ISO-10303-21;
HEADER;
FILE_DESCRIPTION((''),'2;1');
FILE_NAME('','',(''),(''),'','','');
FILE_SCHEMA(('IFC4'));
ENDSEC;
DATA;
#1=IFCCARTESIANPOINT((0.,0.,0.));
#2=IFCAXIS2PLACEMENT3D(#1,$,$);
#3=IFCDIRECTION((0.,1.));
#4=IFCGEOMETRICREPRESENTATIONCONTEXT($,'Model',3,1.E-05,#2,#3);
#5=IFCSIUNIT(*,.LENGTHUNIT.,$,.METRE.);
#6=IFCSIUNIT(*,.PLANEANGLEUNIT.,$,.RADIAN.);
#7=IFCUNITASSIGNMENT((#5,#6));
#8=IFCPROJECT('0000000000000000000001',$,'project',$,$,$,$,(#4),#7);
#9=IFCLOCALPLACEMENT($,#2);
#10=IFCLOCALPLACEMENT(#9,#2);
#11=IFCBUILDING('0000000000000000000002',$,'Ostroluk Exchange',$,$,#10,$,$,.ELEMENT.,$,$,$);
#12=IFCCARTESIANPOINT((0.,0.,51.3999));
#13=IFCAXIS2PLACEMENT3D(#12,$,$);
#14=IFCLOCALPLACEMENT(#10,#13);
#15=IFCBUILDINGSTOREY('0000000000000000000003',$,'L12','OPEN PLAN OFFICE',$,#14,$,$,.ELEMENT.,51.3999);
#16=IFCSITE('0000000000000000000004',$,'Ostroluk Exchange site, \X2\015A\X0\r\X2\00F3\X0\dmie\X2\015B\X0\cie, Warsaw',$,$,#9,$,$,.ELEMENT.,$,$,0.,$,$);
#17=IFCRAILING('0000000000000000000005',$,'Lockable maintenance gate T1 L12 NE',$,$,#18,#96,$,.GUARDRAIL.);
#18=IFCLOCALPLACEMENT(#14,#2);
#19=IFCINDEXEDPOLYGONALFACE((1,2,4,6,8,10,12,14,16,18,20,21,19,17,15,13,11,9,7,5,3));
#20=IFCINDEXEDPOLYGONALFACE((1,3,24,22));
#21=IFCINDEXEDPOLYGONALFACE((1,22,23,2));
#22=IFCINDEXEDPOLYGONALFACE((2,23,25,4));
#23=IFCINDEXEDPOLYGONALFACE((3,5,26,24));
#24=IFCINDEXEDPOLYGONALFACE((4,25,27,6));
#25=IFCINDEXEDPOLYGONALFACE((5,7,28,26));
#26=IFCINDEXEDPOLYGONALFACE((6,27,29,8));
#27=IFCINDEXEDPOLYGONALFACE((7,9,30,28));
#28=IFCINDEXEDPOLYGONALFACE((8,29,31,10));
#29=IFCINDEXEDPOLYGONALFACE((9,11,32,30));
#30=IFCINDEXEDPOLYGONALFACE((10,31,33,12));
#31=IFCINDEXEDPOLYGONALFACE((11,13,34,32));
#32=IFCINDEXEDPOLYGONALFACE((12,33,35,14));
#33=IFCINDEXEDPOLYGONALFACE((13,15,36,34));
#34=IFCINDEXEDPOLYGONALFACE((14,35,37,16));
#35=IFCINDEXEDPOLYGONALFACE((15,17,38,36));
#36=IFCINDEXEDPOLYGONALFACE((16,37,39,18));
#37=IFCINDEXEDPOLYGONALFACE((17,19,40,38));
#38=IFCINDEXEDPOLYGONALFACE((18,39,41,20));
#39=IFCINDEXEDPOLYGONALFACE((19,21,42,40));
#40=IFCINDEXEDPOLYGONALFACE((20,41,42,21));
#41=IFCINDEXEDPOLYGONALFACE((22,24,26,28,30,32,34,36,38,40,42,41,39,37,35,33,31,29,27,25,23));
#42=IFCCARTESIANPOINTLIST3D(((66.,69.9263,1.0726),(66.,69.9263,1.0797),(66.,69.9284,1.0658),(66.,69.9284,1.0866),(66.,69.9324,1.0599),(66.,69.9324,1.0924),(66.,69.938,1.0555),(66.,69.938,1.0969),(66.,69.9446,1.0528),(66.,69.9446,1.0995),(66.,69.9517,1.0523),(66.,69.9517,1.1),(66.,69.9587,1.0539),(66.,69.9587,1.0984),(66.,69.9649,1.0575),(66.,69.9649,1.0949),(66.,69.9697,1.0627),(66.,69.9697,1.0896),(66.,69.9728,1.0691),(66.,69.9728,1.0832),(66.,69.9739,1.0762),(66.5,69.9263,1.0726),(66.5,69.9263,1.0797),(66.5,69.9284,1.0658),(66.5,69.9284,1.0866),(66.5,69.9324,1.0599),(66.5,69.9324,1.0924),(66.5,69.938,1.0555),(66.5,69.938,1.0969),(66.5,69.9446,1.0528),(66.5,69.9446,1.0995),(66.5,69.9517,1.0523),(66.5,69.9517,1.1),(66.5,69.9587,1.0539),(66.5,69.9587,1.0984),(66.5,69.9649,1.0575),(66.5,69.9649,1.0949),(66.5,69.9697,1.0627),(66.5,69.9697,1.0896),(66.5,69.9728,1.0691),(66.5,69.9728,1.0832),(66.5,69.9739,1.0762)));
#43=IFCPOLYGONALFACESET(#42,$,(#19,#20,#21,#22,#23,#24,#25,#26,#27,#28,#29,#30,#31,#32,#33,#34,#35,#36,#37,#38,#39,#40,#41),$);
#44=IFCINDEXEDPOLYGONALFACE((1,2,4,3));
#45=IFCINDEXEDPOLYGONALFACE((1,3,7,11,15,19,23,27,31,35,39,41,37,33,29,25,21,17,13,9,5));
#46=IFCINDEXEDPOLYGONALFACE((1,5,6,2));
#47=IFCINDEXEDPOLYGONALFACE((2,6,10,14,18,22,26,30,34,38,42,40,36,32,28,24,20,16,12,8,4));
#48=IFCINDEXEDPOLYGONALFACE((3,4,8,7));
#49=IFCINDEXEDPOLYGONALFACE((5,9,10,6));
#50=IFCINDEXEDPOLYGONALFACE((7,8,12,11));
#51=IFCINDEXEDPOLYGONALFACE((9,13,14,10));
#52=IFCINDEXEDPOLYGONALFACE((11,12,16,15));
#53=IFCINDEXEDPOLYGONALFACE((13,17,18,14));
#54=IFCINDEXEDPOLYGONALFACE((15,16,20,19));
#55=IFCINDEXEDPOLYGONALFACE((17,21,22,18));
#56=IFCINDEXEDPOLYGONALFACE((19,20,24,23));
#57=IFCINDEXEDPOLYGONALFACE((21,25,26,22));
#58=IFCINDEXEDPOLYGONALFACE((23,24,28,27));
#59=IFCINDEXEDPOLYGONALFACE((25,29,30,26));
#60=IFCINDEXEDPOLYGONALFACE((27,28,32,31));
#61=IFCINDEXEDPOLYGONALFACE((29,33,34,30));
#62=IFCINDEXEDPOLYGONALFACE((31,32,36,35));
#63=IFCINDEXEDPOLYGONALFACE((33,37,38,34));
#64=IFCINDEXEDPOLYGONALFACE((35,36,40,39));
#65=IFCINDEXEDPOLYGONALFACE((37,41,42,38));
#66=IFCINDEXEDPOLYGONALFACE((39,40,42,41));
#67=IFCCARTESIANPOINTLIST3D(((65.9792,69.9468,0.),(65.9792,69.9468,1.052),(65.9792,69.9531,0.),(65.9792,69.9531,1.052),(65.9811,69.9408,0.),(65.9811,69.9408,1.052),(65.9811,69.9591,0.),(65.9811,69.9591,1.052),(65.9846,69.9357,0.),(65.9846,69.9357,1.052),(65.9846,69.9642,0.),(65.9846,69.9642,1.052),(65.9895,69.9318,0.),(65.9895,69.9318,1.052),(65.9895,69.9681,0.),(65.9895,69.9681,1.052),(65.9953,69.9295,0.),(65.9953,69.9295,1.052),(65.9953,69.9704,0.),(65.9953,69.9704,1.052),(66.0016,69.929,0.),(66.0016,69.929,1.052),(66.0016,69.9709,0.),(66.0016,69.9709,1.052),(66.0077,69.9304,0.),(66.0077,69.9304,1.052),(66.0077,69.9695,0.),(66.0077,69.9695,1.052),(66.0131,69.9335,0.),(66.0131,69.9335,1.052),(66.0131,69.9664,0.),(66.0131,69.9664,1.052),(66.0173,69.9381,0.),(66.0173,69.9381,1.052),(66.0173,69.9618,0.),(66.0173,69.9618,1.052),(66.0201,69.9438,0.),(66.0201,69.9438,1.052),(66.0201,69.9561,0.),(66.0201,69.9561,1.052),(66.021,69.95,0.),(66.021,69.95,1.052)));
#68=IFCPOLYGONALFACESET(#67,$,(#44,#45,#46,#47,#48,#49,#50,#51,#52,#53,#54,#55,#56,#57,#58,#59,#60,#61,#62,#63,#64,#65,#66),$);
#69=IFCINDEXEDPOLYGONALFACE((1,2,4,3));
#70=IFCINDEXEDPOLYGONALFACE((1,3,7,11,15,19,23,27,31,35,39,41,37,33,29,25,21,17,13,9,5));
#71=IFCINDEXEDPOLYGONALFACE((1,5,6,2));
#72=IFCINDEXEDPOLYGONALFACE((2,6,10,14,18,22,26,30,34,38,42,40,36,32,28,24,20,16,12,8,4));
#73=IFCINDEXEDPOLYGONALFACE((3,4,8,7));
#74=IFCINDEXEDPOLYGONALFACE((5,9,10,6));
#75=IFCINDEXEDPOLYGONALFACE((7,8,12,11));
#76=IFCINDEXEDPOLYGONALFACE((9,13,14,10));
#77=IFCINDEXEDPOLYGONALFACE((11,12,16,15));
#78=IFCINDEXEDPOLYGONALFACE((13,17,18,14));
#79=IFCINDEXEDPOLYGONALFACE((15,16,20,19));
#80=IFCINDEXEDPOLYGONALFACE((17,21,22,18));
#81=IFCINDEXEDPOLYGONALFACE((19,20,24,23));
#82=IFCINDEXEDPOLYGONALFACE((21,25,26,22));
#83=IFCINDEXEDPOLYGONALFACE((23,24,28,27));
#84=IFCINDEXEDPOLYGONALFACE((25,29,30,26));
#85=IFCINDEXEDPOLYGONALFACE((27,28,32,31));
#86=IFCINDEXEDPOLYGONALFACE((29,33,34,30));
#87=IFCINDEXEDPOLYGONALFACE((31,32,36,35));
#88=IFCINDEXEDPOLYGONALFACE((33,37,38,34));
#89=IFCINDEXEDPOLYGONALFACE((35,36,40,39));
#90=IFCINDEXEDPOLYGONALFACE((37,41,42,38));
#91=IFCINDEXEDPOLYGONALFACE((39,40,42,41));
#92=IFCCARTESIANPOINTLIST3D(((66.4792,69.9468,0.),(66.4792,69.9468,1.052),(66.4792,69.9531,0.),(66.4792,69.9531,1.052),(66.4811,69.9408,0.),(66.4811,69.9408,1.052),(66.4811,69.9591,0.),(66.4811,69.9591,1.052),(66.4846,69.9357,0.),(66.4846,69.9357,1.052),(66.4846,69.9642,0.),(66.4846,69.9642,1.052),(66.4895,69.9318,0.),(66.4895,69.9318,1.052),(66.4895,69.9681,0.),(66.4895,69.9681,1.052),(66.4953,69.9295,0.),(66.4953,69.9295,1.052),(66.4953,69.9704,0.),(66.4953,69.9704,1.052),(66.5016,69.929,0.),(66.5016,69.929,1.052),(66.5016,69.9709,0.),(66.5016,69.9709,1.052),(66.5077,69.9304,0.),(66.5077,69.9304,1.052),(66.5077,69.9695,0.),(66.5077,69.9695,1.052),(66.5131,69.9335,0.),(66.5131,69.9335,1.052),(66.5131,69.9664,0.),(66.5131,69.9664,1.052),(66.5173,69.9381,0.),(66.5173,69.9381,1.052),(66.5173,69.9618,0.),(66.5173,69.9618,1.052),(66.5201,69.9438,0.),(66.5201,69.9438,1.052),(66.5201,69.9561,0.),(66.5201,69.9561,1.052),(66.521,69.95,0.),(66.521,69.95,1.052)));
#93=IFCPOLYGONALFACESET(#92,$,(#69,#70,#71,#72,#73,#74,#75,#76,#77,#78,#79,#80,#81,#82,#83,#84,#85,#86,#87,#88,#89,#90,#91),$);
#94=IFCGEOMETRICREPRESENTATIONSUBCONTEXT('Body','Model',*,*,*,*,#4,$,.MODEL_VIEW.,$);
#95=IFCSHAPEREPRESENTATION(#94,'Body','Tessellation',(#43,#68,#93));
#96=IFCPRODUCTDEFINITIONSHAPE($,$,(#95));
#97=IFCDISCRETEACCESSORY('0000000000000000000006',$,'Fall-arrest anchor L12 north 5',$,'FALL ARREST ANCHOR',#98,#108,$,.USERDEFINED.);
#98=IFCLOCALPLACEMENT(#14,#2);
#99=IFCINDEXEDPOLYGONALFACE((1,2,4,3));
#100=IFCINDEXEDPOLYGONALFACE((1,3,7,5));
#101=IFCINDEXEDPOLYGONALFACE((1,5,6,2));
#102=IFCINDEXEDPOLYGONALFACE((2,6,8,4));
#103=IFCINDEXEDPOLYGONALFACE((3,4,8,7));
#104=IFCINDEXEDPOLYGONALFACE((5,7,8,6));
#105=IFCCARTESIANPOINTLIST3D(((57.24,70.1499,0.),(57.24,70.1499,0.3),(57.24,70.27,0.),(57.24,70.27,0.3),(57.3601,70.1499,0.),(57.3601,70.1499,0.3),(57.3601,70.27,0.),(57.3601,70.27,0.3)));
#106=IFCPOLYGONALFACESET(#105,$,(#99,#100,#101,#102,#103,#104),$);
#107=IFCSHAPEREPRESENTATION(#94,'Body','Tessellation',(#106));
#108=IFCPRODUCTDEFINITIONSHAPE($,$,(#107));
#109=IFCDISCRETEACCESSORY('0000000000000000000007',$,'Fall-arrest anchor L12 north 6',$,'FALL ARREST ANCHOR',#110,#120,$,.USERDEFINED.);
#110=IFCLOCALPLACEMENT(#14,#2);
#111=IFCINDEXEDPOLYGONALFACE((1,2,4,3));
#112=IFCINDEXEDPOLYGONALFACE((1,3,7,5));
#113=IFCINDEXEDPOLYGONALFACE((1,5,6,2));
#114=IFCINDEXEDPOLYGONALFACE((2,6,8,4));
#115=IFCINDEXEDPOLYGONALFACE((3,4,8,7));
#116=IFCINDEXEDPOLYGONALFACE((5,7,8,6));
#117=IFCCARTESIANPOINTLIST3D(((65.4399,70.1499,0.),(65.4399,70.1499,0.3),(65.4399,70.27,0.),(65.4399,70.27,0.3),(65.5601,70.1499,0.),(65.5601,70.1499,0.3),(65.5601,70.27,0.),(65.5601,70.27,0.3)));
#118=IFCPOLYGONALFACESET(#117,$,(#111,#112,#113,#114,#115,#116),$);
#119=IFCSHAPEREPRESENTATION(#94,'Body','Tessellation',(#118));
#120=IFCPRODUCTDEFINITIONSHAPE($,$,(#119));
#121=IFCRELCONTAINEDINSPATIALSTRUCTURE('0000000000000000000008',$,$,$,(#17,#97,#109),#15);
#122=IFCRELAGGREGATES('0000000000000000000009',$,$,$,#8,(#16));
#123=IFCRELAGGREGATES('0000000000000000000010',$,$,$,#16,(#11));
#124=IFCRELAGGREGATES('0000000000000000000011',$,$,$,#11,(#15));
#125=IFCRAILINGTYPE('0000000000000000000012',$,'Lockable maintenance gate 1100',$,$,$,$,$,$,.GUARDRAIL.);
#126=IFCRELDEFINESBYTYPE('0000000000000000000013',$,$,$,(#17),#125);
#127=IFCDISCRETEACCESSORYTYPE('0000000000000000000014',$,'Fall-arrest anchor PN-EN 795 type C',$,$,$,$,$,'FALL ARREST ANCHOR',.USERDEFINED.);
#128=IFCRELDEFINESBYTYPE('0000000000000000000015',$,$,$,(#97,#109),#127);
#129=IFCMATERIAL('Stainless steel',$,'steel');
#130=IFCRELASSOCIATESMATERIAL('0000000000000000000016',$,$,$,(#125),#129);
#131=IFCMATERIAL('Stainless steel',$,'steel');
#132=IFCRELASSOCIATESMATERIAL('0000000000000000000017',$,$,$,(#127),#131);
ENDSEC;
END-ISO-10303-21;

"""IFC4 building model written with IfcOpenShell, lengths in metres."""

from ifc_helpers import new_model, si_unit, direction, frame, origin, origin_2d, place, context, subcontext, project, spatial, rectangle, circle, extrude, material, type_object, element, save


model = new_model("IFC4")

# Units and contexts
model_context = context("Model", 3, precision=1e-05, world=origin(), true_north=direction((0.0, 1.0)))
body_context = subcontext(model_context, "Body", "Model", "MODEL_VIEW")
ifc_project = project(units=[si_unit("LENGTHUNIT", "METRE"), si_unit("PLANEANGLEUNIT", "RADIAN")], contexts=[model_context])

# Site, building, storey
site_placement = place(None, origin())
site = spatial("IfcSite", under=ifc_project, at=site_placement, Name="Ostroluk Exchange site, Śródmieście, Warsaw", CompositionType="ELEMENT", RefElevation=0.0)
building_placement = place(site_placement, origin())
building = spatial("IfcBuilding", under=site, at=building_placement, Name="Ostroluk Exchange", CompositionType="ELEMENT")
storey_placement = place(building_placement, frame((0.0, 0.0, 51.3999)))
storey = spatial("IfcBuildingStorey", under=building, at=storey_placement, Name="L12", Description="OPEN PLAN OFFICE", CompositionType="ELEMENT", Elevation=51.3999)

# Railing
ifc_material_1 = material(Name="Stainless steel", Category="steel")
railing_type_1 = type_object("IfcRailingType", Name="Lockable maintenance gate 1100", PredefinedType="GUARDRAIL", material=ifc_material_1)
railing_1_placement = place(storey_placement, frame((66.0, 69.95, 0.0)))
element("IfcRailing", 1, at=railing_1_placement, inside=storey, type_object=railing_type_1, Name="Lockable maintenance gate T1 L12 NE", PredefinedType="GUARDRAIL", context=body_context, shape_type="SweptSolid", body=[
    extrude(circle(Radius=0.0239, at=origin_2d()), frame((0.0, 0.0, 1.0762), z_axis=(1.0, 0.0, 0.0), x_axis=(0.0, 1.0, 0.0)), (0.0, 0.0, 1.0), 0.5),
    extrude(circle(Radius=0.021, at=origin_2d()), origin(), (0.0, 0.0, 1.0), 1.052),
    extrude(circle(Radius=0.021, at=origin_2d()), frame((0.5, 0.0, 0.0)), (0.0, 0.0, 1.0), 1.052),
])

# Discrete accessories
ifc_material_2 = material(Name="Stainless steel", Category="steel")
discrete_accessory_type = type_object("IfcDiscreteAccessoryType", Name="Fall-arrest anchor PN-EN 795 type C", ElementType="FALL ARREST ANCHOR", PredefinedType="USERDEFINED", material=ifc_material_2)
for number, where, z_axis, x_axis, name in (
    (2, (57.3, 70.21, 0.0), (0.0, 0.0, 1.0), (1.0, 0.0, 0.0), "Fall-arrest anchor L12 north 5"),
    (3, (65.5, 70.21, 0.0), (0.0, 0.0, 1.0), (1.0, 0.0, 0.0), "Fall-arrest anchor L12 north 6"),
):
    element("IfcDiscreteAccessory", number, at=place(storey_placement, frame(where, z_axis=z_axis, x_axis=x_axis)), inside=storey, type_object=discrete_accessory_type, Name=name, ObjectType="FALL ARREST ANCHOR", PredefinedType="USERDEFINED", context=body_context, shape_type="SweptSolid", body=[
        extrude(rectangle(XDim=0.1201, YDim=0.1201, at=origin_2d()), origin(), (0.0, 0.0, 1.0), 0.3),
    ])

save(model, "model.ifc")
